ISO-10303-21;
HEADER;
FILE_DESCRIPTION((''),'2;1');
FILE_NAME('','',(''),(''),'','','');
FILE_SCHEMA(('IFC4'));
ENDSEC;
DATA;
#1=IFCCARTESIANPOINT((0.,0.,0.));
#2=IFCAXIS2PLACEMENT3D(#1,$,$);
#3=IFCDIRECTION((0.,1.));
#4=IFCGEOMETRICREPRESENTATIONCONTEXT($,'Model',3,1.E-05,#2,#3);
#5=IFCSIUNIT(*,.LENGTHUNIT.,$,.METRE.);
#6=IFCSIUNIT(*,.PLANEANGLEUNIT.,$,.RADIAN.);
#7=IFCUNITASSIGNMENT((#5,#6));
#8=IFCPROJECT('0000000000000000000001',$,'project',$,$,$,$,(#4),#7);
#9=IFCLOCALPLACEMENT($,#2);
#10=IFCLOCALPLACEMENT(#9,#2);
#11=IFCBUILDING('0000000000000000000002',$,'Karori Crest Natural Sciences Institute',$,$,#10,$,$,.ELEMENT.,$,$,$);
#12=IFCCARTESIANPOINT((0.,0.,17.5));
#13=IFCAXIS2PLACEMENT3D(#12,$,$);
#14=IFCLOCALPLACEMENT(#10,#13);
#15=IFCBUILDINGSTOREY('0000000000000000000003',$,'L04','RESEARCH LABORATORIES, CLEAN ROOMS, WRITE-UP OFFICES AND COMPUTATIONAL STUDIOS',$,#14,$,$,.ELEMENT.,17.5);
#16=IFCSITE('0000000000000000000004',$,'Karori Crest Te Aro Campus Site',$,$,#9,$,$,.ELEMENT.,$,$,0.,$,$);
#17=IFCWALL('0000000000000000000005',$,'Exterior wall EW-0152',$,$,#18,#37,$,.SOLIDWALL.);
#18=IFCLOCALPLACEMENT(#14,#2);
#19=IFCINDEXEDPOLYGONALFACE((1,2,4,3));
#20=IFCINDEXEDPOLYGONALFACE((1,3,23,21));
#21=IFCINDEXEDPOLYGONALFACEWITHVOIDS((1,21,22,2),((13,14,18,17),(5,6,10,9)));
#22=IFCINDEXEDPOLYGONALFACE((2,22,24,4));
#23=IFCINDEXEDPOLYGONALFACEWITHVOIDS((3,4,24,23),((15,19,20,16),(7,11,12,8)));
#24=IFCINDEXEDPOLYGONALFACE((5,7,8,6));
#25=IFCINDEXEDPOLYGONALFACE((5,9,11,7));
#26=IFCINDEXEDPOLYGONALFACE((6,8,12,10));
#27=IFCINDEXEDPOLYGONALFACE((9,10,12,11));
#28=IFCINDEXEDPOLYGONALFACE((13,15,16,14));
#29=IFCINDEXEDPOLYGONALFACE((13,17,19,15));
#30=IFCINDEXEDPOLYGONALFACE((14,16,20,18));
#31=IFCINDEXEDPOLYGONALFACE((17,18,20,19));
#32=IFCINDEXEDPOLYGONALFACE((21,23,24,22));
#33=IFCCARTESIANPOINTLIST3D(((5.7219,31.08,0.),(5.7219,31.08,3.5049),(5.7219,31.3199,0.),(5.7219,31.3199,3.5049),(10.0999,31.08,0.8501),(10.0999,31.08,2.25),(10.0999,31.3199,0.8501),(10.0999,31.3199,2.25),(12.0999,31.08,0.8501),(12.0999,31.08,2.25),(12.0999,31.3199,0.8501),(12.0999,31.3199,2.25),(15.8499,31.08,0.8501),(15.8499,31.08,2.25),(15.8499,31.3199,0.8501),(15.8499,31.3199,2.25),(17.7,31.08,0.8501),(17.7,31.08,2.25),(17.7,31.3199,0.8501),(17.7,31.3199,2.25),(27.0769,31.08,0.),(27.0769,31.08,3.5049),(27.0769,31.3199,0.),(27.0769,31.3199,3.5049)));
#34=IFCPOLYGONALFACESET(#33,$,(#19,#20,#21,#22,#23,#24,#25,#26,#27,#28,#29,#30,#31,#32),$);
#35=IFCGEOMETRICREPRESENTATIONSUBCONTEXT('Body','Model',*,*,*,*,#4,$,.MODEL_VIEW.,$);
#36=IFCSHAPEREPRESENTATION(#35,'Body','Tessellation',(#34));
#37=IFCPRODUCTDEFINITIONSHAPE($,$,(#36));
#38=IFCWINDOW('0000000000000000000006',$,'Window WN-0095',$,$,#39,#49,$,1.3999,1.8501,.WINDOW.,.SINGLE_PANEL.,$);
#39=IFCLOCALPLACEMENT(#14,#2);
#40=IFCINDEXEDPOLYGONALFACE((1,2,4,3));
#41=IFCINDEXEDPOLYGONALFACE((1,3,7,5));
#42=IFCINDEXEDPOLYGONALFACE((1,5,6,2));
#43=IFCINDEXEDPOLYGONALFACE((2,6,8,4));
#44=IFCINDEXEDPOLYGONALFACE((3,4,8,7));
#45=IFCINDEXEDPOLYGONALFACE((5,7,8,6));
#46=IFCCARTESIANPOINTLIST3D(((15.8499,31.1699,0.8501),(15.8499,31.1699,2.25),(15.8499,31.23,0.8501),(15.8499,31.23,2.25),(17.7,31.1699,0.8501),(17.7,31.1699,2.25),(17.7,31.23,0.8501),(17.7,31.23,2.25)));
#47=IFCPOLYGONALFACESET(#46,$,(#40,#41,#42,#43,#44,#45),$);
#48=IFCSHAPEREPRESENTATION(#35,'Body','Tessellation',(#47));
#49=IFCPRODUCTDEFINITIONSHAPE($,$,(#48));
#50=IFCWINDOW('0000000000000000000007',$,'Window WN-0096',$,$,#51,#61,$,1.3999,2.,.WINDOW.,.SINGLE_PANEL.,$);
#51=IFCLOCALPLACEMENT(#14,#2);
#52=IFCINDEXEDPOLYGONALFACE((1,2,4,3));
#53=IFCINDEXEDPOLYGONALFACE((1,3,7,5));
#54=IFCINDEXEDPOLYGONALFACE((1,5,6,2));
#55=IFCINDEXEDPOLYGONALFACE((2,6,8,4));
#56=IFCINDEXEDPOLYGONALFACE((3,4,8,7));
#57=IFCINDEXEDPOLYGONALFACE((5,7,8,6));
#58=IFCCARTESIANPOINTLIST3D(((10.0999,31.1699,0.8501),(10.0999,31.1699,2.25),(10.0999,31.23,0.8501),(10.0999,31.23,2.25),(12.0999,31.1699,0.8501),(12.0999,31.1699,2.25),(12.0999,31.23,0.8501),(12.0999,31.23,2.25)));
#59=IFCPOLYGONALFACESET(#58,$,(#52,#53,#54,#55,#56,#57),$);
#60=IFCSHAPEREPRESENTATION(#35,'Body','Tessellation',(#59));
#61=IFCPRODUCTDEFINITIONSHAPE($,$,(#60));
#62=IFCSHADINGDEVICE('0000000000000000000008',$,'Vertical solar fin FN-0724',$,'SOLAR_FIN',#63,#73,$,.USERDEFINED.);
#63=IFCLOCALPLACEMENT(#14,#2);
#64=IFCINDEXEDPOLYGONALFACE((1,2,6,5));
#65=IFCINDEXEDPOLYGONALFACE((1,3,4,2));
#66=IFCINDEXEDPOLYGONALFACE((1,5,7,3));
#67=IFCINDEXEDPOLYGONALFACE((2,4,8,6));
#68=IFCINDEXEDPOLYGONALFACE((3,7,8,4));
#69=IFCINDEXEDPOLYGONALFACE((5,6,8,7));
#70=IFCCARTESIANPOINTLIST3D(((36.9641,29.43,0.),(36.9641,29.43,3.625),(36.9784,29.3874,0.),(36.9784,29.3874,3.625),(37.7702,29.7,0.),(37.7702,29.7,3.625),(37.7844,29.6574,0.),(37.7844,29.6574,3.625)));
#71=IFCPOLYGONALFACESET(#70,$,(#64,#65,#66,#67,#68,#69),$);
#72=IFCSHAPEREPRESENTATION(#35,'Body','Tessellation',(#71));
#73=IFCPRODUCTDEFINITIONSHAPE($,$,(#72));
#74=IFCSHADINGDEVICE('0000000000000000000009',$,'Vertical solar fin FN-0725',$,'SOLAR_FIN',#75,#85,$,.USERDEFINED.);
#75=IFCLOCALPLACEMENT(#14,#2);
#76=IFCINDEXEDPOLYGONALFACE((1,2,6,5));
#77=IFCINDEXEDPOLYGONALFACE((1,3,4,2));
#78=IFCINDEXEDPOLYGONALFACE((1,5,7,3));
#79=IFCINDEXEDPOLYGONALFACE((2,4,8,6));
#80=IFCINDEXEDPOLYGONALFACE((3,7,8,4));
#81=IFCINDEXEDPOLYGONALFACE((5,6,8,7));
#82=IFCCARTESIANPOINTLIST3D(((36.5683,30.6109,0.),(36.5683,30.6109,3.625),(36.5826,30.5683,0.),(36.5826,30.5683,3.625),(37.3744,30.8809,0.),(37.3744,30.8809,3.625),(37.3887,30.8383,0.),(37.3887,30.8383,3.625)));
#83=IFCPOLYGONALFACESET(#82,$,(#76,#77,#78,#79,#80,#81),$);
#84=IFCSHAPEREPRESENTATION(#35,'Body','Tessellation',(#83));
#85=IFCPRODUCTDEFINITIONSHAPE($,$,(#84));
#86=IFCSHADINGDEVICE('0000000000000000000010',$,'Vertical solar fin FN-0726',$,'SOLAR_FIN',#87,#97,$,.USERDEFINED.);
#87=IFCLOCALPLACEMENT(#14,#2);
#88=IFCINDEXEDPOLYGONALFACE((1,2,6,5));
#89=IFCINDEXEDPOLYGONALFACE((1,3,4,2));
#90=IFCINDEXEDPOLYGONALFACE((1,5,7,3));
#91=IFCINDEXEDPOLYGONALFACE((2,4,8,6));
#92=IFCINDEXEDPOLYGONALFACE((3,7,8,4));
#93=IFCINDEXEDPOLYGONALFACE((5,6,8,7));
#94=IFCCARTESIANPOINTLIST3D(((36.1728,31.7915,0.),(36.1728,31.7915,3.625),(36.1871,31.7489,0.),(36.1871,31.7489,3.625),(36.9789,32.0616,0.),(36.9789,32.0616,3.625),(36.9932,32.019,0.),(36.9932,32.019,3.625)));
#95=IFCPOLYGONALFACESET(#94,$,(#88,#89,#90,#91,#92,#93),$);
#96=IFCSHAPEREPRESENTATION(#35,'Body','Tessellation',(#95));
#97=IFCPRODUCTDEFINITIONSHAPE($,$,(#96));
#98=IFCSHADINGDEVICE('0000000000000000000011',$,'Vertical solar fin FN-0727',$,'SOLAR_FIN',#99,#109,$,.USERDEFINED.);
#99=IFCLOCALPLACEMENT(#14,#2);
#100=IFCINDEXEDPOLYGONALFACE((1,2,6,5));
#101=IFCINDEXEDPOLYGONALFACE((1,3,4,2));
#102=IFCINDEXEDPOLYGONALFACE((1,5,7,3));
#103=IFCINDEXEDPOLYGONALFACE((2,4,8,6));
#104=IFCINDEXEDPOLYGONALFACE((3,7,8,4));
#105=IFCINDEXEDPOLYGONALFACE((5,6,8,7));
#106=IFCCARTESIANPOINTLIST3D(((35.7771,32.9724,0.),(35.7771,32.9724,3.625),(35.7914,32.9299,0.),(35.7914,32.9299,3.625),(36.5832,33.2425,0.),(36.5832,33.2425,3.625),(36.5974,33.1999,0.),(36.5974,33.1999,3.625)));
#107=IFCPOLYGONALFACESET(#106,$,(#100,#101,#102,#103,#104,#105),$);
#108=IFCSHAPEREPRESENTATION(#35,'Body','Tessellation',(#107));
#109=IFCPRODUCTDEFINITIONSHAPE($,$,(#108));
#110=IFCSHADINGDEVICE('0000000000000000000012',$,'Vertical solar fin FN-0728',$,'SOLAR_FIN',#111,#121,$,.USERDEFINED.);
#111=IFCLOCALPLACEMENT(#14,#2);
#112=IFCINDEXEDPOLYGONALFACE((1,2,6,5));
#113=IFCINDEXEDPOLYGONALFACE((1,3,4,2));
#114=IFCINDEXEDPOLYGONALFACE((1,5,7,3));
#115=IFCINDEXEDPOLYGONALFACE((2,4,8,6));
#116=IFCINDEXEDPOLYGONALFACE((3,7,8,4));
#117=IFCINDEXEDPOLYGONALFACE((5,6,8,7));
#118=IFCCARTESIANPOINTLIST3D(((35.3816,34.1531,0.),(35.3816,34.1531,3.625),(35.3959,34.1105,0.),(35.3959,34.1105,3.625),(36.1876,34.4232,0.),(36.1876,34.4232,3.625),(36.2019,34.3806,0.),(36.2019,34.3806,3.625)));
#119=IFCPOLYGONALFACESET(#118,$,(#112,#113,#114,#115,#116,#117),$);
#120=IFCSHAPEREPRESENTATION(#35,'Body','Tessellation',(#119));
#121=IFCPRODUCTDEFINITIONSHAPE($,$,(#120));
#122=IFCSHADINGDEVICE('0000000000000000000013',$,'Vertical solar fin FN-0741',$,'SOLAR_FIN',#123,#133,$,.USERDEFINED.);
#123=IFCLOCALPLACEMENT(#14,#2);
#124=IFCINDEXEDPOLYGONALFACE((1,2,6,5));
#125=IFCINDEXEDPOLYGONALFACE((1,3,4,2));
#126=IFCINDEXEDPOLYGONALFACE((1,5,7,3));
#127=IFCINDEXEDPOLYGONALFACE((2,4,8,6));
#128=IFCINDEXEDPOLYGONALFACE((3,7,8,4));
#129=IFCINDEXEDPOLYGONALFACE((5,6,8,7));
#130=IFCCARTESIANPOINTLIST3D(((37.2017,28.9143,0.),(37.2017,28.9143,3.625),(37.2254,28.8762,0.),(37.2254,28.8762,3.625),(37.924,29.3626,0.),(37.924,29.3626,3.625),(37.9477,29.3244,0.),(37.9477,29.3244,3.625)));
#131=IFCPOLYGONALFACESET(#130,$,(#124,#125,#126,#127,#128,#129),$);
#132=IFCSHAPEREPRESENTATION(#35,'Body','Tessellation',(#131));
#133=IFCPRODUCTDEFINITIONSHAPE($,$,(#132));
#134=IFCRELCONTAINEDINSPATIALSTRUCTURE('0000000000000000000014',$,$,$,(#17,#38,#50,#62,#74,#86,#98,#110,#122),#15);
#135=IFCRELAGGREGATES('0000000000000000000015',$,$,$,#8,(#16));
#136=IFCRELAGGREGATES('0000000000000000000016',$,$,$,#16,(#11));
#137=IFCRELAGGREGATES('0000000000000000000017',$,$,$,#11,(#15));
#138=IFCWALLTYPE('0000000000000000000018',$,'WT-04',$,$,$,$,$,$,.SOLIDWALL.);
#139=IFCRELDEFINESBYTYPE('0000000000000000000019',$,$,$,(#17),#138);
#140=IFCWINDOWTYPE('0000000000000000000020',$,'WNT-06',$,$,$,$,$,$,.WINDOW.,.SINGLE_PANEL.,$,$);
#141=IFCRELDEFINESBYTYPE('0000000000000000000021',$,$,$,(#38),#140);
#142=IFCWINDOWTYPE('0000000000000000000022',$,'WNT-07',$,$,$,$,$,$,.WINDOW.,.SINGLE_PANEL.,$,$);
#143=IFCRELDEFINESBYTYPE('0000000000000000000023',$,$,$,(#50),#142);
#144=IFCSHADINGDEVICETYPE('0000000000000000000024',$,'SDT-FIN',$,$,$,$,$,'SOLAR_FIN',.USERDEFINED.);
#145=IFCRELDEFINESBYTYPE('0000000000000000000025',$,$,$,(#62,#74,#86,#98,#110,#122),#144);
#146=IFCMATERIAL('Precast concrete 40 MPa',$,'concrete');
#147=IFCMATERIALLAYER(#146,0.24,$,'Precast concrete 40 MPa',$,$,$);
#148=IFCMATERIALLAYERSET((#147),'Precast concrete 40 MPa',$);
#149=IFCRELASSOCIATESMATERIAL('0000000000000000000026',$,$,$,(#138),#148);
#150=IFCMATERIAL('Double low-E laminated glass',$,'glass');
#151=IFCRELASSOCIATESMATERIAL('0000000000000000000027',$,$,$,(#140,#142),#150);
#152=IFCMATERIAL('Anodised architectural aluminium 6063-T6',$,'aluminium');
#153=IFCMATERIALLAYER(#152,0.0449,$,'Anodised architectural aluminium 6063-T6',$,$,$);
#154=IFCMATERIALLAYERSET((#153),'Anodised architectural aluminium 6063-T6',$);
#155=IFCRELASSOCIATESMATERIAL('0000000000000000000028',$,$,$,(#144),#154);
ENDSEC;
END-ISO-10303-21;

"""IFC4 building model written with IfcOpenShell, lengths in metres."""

from ifc_helpers import new_model, si_unit, direction, frame, frame_2d, origin, origin_2d, place, context, subcontext, project, spatial, rectangle, extrude, material, layer, layer_set, type_object, element, fill, save


model = new_model("IFC4")

# Units and contexts
model_context = context("Model", 3, precision=1e-05, world=origin(), true_north=direction((0.0, 1.0)))
body_context = subcontext(model_context, "Body", "Model", "MODEL_VIEW")
ifc_project = project(units=[si_unit("LENGTHUNIT", "METRE"), si_unit("PLANEANGLEUNIT", "RADIAN")], contexts=[model_context])

# Site, building, storey
site_placement = place(None, origin())
site = spatial("IfcSite", under=ifc_project, at=site_placement, Name="Karori Crest Te Aro Campus Site", CompositionType="ELEMENT", RefElevation=0.0)
building_placement = place(site_placement, origin())
building = spatial("IfcBuilding", under=site, at=building_placement, Name="Karori Crest Natural Sciences Institute", CompositionType="ELEMENT")
storey_placement = place(building_placement, frame((0.0, 0.0, 17.5)))
storey = spatial("IfcBuildingStorey", under=building, at=storey_placement, Name="L04", Description="RESEARCH LABORATORIES, CLEAN ROOMS, WRITE-UP OFFICES AND COMPUTATIONAL STUDIOS", CompositionType="ELEMENT", Elevation=17.5)

# Shared definitions
ifc_material_1 = material(Name="Anodised architectural aluminium 6063-T6", Category="aluminium")
ifc_material_2 = material(Name="Double low-E laminated glass", Category="glass")

# Wall, openings, windows
ifc_material_3 = material(Name="Precast concrete 40 MPa", Category="concrete")
ifc_layer_1 = layer(ifc_material_3, 0.24, Name="Precast concrete 40 MPa")
ifc_layer_set_1 = layer_set([ifc_layer_1], Name="Precast concrete 40 MPa")
wall_type = type_object("IfcWallType", Name="WT-04", PredefinedType="SOLIDWALL", material=ifc_layer_set_1)
wall_placement = place(storey_placement, frame((27.0769, 31.2, 0.0), z_axis=(0.0, 0.0, 1.0), x_axis=(-1.0, 0.0, 0.0)))
wall = element("IfcWall", 1, at=wall_placement, inside=storey, type_object=wall_type, Name="Exterior wall EW-0152", PredefinedType="SOLIDWALL", context=body_context, shape_type="SweptSolid", body=[
    extrude(rectangle(XDim=21.355, YDim=0.24, at=frame_2d((10.6775, 0.0))), origin(), (0.0, 0.0, 1.0), 3.5049),
])
opening_1_placement = place(wall_placement, frame((9.377, 0.0, 0.8501)))
opening_1 = element("IfcOpeningElement", 2, at=opening_1_placement, cuts=wall, PredefinedType="OPENING", context=body_context, shape_type="SweptSolid", body=[
    extrude(rectangle(XDim=1.8501, YDim=1.3999, at=frame_2d((0.925, 0.7))), frame((0.0, 0.1299, 0.0), z_axis=(0.0, -1.0, 0.0), x_axis=(1.0, 0.0, 0.0)), (0.0, 0.0, 1.0), 0.26),
])
opening_2_placement = place(wall_placement, frame((14.9771, 0.0, 0.8501)))
opening_2 = element("IfcOpeningElement", 3, at=opening_2_placement, cuts=wall, PredefinedType="OPENING", context=body_context, shape_type="SweptSolid", body=[
    extrude(rectangle(XDim=2.0, YDim=1.3999, at=frame_2d((1.0, 0.7))), frame((0.0, 0.1299, 0.0), z_axis=(0.0, -1.0, 0.0), x_axis=(1.0, 0.0, 0.0)), (0.0, 0.0, 1.0), 0.26),
])
window_type_1 = type_object("IfcWindowType", Name="WNT-06", PartitioningType="SINGLE_PANEL", PredefinedType="WINDOW", material=ifc_material_2)
window_1_placement = place(opening_1_placement, origin())
window_1 = element("IfcWindow", 4, at=window_1_placement, inside=storey, type_object=window_type_1, Name="Window WN-0095", OverallHeight=1.3999, OverallWidth=1.8501, PartitioningType="SINGLE_PANEL", PredefinedType="WINDOW", context=body_context, shape_type="SweptSolid", body=[
    extrude(rectangle(XDim=1.8501, YDim=1.3999, at=frame_2d((0.925, 0.7))), frame((0.0, 0.03, 0.0), z_axis=(0.0, -1.0, 0.0), x_axis=(1.0, 0.0, 0.0)), (0.0, 0.0, 1.0), 0.0601),
])
fill(opening_1, window_1)
window_type_2 = type_object("IfcWindowType", Name="WNT-07", PartitioningType="SINGLE_PANEL", PredefinedType="WINDOW", material=ifc_material_2)
window_2_placement = place(opening_2_placement, origin())
window_2 = element("IfcWindow", 5, at=window_2_placement, inside=storey, type_object=window_type_2, Name="Window WN-0096", OverallHeight=1.3999, OverallWidth=2.0, PartitioningType="SINGLE_PANEL", PredefinedType="WINDOW", context=body_context, shape_type="SweptSolid", body=[
    extrude(rectangle(XDim=2.0, YDim=1.3999, at=frame_2d((1.0, 0.7))), frame((0.0, 0.03, 0.0), z_axis=(0.0, -1.0, 0.0), x_axis=(1.0, 0.0, 0.0)), (0.0, 0.0, 1.0), 0.0601),
])
fill(opening_2, window_2)

# Shading devices
ifc_layer_2 = layer(ifc_material_1, 0.0449, Name="Anodised architectural aluminium 6063-T6")
ifc_layer_set_2 = layer_set([ifc_layer_2], Name="Anodised architectural aluminium 6063-T6")
shading_device_type = type_object("IfcShadingDeviceType", Name="SDT-FIN", ElementType="SOLAR_FIN", PredefinedType="USERDEFINED", material=ifc_layer_set_2)
for number, where, z_axis, x_axis, name in (
    (6, (37.3743, 29.5437, 0.0), (0.0, 0.0, 1.0), (-0.948198, -0.31768, 0.0), "Vertical solar fin FN-0724"),
    (7, (36.9785, 30.7246, 0.0), (0.0, 0.0, 1.0), (-0.948198, -0.31768, 0.0), "Vertical solar fin FN-0725"),
    (8, (36.583, 31.9053, 0.0), (0.0, 0.0, 1.0), (-0.948198, -0.31768, 0.0), "Vertical solar fin FN-0726"),
    (9, (36.1873, 33.0862, 0.0), (0.0, 0.0, 1.0), (-0.948198, -0.31768, 0.0), "Vertical solar fin FN-0727"),
    (10, (35.7917, 34.2668, 0.0), (0.0, 0.0, 1.0), (-0.948198, -0.31768, 0.0), "Vertical solar fin FN-0728"),
    (11, (37.5747, 29.1194, 0.0), (0.0, 0.0, 1.0), (-0.849662, -0.527328, 0.0), "Vertical solar fin FN-0741"),
):
    element("IfcShadingDevice", number, at=place(storey_placement, frame(where, z_axis=z_axis, x_axis=x_axis)), inside=storey, type_object=shading_device_type, Name=name, ObjectType="SOLAR_FIN", PredefinedType="USERDEFINED", context=body_context, shape_type="SweptSolid", body=[
        extrude(rectangle(XDim=0.8501, YDim=0.0449, at=origin_2d()), origin(), (0.0, 0.0, 1.0), 3.625),
    ])

save(model, "model.ifc")
